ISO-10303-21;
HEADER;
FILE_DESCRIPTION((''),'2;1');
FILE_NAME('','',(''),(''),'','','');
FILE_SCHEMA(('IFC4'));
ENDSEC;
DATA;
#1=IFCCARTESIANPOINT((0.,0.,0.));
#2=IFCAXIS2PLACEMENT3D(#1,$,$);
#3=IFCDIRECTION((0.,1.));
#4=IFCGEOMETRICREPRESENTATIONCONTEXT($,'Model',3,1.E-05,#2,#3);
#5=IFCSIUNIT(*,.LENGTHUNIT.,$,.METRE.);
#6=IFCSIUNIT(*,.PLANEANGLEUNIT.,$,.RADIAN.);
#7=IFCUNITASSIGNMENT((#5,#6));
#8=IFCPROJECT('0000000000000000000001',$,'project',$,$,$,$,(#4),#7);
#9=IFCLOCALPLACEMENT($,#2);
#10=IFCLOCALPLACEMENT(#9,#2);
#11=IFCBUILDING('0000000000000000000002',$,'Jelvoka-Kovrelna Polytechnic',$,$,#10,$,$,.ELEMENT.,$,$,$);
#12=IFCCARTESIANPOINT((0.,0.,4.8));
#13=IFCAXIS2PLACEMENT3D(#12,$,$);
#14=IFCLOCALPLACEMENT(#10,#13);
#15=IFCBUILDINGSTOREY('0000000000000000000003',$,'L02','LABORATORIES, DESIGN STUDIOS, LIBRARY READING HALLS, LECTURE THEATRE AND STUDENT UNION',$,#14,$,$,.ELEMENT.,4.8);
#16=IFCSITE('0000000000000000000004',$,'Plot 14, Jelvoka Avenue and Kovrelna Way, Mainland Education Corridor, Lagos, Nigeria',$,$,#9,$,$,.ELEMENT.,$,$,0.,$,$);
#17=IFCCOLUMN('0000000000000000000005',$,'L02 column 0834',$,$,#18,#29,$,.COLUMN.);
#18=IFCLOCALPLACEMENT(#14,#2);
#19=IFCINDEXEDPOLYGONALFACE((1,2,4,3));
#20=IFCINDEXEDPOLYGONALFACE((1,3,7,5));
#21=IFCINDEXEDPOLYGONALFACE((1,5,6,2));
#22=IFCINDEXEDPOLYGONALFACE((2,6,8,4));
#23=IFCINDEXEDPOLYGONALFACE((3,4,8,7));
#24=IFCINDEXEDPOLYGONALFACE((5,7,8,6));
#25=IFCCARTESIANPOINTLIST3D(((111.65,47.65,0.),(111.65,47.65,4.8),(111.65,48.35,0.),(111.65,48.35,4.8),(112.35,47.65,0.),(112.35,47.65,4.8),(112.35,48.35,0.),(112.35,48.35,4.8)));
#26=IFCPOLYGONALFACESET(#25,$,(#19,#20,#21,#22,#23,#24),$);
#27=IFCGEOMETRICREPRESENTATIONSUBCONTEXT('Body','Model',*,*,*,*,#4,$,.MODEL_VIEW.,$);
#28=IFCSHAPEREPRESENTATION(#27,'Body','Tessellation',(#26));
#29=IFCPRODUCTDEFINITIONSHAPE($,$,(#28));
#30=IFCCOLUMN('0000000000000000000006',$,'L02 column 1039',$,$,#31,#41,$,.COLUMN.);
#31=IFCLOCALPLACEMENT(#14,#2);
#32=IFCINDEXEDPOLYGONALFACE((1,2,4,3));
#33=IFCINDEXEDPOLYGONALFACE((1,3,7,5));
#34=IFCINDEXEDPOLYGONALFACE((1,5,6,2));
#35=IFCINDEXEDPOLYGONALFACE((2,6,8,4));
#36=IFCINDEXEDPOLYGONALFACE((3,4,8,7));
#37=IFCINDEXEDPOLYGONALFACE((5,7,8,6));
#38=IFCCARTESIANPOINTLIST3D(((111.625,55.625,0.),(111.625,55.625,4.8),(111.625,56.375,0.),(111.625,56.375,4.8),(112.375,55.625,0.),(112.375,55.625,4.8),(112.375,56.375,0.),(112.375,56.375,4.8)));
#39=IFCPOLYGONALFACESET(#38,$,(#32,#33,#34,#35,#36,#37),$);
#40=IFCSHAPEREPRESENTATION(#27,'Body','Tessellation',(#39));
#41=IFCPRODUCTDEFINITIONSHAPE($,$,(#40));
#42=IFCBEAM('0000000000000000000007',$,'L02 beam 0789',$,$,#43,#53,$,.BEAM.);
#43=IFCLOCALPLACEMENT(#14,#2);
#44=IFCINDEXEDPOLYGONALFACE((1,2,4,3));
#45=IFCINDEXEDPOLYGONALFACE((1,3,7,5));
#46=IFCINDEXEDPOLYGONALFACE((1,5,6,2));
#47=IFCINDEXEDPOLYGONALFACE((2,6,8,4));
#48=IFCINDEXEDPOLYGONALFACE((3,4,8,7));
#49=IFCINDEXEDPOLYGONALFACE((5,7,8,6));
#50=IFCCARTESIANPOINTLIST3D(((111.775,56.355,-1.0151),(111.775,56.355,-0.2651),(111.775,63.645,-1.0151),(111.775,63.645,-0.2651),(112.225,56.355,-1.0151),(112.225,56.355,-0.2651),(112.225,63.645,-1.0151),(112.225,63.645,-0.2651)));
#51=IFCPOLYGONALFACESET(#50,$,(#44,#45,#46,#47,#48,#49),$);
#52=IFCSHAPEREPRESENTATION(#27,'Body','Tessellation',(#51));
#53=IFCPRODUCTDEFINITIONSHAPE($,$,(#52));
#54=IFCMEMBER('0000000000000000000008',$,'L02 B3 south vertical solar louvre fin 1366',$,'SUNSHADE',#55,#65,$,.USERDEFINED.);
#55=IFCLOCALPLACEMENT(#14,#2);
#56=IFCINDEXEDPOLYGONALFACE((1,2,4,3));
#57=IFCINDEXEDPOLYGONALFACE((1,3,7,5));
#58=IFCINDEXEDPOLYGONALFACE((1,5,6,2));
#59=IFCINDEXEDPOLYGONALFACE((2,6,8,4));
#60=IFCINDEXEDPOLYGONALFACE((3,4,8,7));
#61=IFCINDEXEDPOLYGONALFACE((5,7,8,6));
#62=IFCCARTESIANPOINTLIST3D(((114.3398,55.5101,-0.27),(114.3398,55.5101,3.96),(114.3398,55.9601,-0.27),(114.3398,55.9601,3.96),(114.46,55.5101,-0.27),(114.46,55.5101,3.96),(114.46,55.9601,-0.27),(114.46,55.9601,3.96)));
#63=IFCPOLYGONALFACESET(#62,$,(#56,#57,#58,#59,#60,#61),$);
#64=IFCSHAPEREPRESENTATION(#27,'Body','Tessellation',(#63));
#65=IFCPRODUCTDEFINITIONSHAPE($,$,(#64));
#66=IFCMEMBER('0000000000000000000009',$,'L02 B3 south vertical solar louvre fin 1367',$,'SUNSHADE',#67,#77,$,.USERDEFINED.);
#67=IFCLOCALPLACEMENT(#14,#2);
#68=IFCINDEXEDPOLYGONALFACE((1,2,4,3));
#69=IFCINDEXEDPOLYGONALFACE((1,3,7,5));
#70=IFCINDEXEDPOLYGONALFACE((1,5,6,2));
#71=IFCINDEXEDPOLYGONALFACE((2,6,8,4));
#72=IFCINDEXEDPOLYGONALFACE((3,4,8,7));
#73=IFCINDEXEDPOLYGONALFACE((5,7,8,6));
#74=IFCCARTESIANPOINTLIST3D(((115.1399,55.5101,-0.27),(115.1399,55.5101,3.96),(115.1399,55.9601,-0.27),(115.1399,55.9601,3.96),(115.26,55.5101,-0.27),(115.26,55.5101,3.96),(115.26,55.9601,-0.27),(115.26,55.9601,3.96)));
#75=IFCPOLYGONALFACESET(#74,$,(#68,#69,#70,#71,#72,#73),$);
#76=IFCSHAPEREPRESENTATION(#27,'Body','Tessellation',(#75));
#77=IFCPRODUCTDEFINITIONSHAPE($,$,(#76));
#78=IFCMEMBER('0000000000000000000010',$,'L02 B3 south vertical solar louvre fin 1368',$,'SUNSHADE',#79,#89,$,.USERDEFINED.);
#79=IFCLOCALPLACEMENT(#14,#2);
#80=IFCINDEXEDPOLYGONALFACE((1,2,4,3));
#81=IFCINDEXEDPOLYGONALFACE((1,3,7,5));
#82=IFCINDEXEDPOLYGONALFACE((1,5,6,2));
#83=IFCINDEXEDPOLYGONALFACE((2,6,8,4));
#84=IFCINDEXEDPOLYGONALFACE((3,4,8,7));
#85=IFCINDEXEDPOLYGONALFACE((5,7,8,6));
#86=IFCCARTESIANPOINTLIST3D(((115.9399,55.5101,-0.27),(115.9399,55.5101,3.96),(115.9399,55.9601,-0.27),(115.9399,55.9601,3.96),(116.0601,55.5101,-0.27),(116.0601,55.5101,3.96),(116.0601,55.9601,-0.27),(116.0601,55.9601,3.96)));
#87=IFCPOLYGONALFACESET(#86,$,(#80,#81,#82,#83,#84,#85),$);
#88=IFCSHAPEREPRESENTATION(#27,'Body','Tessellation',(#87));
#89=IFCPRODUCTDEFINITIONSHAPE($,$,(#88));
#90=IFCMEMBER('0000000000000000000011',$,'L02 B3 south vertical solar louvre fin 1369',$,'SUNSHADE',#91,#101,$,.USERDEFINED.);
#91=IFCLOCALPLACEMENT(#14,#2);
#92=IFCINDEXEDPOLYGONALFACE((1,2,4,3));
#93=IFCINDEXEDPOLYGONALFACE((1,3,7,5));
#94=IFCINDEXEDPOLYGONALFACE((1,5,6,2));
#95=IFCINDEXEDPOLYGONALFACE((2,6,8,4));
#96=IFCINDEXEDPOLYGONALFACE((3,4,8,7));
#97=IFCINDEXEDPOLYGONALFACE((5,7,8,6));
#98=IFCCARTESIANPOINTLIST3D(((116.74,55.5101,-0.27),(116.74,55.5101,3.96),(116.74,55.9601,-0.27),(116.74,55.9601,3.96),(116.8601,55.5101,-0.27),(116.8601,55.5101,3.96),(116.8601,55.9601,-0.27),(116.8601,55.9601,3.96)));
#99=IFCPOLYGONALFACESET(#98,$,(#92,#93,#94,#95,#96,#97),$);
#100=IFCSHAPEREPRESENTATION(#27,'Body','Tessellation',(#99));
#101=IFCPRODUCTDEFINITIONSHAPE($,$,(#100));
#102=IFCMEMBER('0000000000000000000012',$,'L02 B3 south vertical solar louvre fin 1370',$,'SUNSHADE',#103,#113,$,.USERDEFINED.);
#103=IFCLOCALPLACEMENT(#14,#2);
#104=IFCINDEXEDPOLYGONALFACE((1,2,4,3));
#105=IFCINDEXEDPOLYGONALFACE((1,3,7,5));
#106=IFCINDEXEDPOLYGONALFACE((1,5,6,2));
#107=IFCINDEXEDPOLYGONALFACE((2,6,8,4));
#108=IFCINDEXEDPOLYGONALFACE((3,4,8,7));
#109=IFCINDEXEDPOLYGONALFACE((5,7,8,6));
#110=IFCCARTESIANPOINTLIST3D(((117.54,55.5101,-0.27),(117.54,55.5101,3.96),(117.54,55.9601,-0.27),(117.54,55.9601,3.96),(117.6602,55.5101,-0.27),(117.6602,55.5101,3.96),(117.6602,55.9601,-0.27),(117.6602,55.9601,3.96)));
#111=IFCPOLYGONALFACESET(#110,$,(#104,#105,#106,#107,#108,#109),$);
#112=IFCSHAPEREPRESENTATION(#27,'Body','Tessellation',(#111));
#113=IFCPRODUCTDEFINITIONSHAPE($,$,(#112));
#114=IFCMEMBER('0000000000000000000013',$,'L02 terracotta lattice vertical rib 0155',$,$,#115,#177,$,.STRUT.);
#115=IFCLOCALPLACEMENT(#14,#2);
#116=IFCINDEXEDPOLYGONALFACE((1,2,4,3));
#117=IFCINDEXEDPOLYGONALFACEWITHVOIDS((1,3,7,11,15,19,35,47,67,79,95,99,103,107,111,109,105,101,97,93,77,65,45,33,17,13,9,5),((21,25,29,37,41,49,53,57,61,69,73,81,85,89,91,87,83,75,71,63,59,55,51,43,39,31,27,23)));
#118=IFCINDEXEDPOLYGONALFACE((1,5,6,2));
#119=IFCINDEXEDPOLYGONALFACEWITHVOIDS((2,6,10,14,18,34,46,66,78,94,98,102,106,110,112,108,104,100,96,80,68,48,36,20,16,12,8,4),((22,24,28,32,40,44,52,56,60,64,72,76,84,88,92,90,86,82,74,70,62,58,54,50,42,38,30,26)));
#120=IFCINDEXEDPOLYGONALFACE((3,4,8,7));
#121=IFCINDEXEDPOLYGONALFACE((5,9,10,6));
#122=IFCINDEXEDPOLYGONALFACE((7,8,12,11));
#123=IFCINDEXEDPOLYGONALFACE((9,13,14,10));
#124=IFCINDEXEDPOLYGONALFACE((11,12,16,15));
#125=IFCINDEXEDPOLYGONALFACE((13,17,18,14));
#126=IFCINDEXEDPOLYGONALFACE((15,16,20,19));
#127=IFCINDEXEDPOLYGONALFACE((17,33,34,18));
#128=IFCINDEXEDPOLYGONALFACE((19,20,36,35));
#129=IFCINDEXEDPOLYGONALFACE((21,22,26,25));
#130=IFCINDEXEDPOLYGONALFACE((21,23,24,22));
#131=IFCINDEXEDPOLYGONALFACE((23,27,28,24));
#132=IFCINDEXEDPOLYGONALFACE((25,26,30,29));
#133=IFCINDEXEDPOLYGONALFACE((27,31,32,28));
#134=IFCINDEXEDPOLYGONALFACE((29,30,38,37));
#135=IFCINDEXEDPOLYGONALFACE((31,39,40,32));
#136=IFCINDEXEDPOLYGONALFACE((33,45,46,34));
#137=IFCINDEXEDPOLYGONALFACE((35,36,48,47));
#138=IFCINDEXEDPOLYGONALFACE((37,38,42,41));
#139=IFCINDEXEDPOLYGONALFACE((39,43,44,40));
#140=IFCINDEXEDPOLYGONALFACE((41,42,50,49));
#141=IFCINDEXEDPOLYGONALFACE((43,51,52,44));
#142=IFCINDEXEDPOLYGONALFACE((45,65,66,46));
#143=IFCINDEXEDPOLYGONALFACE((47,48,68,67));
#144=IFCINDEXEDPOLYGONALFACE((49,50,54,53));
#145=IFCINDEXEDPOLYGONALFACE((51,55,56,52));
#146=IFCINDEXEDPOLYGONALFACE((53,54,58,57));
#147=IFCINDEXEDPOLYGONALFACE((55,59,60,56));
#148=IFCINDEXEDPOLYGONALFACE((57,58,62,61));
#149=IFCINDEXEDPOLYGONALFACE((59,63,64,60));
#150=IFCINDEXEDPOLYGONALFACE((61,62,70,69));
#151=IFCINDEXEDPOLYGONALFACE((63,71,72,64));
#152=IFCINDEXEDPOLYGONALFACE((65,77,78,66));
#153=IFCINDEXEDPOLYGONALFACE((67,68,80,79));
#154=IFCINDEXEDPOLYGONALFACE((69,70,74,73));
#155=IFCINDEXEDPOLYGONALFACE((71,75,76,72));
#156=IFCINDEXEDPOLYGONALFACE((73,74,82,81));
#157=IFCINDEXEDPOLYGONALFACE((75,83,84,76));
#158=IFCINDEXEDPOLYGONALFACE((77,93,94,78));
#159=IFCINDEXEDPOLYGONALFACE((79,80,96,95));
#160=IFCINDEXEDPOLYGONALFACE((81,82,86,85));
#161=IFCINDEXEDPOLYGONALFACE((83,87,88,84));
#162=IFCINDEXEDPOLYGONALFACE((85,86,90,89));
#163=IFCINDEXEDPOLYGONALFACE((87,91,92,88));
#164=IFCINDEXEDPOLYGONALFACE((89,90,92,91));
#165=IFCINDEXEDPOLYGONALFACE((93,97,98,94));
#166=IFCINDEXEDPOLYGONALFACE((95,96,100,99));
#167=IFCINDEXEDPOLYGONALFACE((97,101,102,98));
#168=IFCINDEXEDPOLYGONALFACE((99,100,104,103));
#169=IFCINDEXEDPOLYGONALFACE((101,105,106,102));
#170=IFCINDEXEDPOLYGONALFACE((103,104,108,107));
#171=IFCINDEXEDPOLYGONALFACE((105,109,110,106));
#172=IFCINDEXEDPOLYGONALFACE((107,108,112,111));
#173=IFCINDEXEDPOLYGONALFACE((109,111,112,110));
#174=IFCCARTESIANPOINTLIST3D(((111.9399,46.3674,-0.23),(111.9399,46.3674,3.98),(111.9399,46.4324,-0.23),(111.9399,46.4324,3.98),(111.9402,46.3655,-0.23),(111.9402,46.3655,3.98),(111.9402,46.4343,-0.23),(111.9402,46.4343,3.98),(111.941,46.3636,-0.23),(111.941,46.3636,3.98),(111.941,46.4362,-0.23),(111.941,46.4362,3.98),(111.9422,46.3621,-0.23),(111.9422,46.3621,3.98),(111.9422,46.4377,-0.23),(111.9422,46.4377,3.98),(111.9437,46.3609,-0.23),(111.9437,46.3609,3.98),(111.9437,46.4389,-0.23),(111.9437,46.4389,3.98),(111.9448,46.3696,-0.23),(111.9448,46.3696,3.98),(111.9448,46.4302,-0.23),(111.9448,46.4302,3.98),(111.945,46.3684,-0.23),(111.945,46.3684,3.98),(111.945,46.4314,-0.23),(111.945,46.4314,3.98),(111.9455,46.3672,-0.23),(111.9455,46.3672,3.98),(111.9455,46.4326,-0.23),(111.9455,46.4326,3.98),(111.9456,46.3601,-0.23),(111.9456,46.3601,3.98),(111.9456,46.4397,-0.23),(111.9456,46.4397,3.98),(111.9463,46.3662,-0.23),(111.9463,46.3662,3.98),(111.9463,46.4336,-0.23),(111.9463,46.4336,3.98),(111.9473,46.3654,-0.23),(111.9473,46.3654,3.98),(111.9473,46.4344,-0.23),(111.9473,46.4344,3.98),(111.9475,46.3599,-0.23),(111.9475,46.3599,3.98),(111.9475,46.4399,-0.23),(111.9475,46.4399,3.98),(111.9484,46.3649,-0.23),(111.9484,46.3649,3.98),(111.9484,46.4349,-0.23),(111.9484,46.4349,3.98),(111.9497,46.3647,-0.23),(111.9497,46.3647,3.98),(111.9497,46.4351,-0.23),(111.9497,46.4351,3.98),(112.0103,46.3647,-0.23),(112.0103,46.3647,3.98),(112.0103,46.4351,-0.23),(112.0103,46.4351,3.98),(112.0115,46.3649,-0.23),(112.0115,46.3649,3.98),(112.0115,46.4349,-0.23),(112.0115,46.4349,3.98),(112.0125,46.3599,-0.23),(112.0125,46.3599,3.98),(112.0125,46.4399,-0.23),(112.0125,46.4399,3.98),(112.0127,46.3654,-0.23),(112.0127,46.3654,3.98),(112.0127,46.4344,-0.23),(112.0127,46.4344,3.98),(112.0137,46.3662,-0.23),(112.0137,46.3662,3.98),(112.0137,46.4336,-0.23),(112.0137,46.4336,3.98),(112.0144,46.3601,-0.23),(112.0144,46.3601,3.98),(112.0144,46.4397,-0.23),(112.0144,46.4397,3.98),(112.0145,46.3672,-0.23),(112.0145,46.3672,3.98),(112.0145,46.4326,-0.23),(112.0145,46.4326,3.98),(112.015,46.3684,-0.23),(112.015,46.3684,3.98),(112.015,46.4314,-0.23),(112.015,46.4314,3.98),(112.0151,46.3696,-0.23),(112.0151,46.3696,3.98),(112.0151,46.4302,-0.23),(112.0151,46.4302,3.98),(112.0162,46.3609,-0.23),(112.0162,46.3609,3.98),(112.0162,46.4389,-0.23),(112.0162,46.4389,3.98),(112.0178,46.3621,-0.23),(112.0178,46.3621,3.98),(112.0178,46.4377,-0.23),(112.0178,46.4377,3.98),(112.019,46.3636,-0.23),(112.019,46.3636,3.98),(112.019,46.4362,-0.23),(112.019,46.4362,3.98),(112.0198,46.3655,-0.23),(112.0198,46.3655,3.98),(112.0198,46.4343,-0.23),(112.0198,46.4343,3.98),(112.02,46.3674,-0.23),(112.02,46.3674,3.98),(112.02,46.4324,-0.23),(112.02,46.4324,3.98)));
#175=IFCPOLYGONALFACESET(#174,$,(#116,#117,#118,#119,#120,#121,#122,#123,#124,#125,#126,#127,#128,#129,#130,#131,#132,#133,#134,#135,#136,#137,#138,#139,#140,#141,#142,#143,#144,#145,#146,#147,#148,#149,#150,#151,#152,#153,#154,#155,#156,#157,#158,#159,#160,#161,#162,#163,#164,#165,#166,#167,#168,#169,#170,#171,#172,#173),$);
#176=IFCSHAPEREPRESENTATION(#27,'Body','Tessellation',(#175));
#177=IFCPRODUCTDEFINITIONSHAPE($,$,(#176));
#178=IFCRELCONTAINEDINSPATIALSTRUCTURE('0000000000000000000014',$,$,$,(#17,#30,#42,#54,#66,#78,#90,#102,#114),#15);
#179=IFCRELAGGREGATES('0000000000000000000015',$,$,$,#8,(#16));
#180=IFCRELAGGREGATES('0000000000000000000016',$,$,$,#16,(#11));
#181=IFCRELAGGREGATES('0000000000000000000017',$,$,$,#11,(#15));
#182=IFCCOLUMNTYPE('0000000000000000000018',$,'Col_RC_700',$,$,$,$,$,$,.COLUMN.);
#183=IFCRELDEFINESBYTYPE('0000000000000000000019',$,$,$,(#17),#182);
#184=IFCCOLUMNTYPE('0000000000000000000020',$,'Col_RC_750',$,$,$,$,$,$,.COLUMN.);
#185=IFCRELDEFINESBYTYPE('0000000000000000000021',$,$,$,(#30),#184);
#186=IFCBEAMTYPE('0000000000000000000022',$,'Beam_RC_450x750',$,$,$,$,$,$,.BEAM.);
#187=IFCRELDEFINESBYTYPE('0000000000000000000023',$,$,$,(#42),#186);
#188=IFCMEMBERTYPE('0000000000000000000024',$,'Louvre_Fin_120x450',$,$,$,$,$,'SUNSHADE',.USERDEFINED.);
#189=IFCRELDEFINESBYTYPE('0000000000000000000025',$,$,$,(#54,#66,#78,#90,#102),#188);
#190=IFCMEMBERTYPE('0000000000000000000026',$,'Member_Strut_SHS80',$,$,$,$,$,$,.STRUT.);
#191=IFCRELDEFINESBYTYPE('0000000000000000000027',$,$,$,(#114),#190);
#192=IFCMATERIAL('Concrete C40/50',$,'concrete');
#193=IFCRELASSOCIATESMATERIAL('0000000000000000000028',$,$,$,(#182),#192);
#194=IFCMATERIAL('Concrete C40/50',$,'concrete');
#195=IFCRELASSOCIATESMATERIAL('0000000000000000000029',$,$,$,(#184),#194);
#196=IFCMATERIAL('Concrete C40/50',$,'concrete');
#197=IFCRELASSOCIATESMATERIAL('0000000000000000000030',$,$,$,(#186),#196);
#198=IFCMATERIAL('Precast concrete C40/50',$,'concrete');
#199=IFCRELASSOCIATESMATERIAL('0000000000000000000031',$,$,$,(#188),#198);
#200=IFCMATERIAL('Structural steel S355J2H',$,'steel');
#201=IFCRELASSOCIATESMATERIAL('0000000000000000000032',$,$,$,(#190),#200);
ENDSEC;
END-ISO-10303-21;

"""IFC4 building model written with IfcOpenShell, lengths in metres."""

from ifc_helpers import new_model, si_unit, direction, frame, origin, origin_2d, place, context, subcontext, project, spatial, rectangle, hollow_rectangle, extrude, material, material_profile, profile_set, type_object, element, save


model = new_model("IFC4")

# Units and contexts
model_context = context("Model", 3, precision=1e-05, world=origin(), true_north=direction((0.0, 1.0)))
body_context = subcontext(model_context, "Body", "Model", "MODEL_VIEW")
ifc_project = project(units=[si_unit("LENGTHUNIT", "METRE"), si_unit("PLANEANGLEUNIT", "RADIAN")], contexts=[model_context])

# Site, building, storey
site_placement = place(None, origin())
site = spatial("IfcSite", under=ifc_project, at=site_placement, Name="Plot 14, Jelvoka Avenue and Kovrelna Way, Mainland Education Corridor, Lagos, Nigeria", CompositionType="ELEMENT", RefElevation=0.0)
building_placement = place(site_placement, origin())
building = spatial("IfcBuilding", under=site, at=building_placement, Name="Jelvoka-Kovrelna Polytechnic", CompositionType="ELEMENT")
storey_placement = place(building_placement, frame((0.0, 0.0, 4.8)))
storey = spatial("IfcBuildingStorey", under=building, at=storey_placement, Name="L02", Description="LABORATORIES, DESIGN STUDIOS, LIBRARY READING HALLS, LECTURE THEATRE AND STUDENT UNION", CompositionType="ELEMENT", Elevation=4.8)

# Columns
ifc_material_1 = material(Name="Concrete C40/50", Category="concrete")
ifc_material_profile_1 = material_profile(ifc_material_1, rectangle(XDim=0.7, YDim=0.7, at=origin_2d()), Name="RC 700x700")
ifc_profile_set_1 = profile_set([ifc_material_profile_1], Name="Concrete C40/50")
column_type_1 = type_object("IfcColumnType", Name="Col_RC_700", PredefinedType="COLUMN", material=ifc_profile_set_1)
column_1_placement = place(storey_placement, frame((112.0, 48.0, 0.0), z_axis=(0.0, 0.0, 1.0), x_axis=(1.0, 0.0, 0.0)))
element("IfcColumn", 1, at=column_1_placement, inside=storey, type_object=column_type_1, Name="L02 column 0834", PredefinedType="COLUMN", context=body_context, shape_type="SweptSolid", body=[
    extrude(rectangle(XDim=0.7, YDim=0.7, at=origin_2d()), origin(), (0.0, 0.0, 1.0), 4.8),
])
ifc_material_2 = material(Name="Concrete C40/50", Category="concrete")
ifc_material_profile_2 = material_profile(ifc_material_2, rectangle(XDim=0.75, YDim=0.75, at=origin_2d()), Name="RC 750x750")
ifc_profile_set_2 = profile_set([ifc_material_profile_2], Name="Concrete C40/50")
column_type_2 = type_object("IfcColumnType", Name="Col_RC_750", PredefinedType="COLUMN", material=ifc_profile_set_2)
column_2_placement = place(storey_placement, frame((112.0, 56.0, 0.0), z_axis=(0.0, 0.0, 1.0), x_axis=(1.0, 0.0, 0.0)))
element("IfcColumn", 2, at=column_2_placement, inside=storey, type_object=column_type_2, Name="L02 column 1039", PredefinedType="COLUMN", context=body_context, shape_type="SweptSolid", body=[
    extrude(rectangle(XDim=0.75, YDim=0.75, at=origin_2d()), origin(), (0.0, 0.0, 1.0), 4.8),
])

# Beam
ifc_material_3 = material(Name="Concrete C40/50", Category="concrete")
ifc_material_profile_3 = material_profile(ifc_material_3, rectangle(XDim=0.45, YDim=0.75, at=origin_2d()), Name="RC 450x750")
ifc_profile_set_3 = profile_set([ifc_material_profile_3], Name="Concrete C40/50")
beam_type_1 = type_object("IfcBeamType", Name="Beam_RC_450x750", PredefinedType="BEAM", material=ifc_profile_set_3)
beam_1_placement = place(storey_placement, frame((112.0, 56.355, -0.6401), z_axis=(0.0, 1.0, 0.0), x_axis=(-1.0, 0.0, 0.0)))
element("IfcBeam", 3, at=beam_1_placement, inside=storey, type_object=beam_type_1, Name="L02 beam 0789", PredefinedType="BEAM", context=body_context, shape_type="SweptSolid", body=[
    extrude(rectangle(XDim=0.45, YDim=0.75, at=origin_2d()), origin(), (0.0, 0.0, 1.0), 7.29),
])

# Members
ifc_material_4 = material(Name="Precast concrete C40/50", Category="concrete")
ifc_material_profile_4 = material_profile(ifc_material_4, rectangle(XDim=0.1201, YDim=0.45, at=origin_2d()), Name="PC 120x450")
ifc_profile_set_4 = profile_set([ifc_material_profile_4], Name="Precast concrete C40/50")
member_type_1 = type_object("IfcMemberType", Name="Louvre_Fin_120x450", ElementType="SUNSHADE", PredefinedType="USERDEFINED", material=ifc_profile_set_4)
for number, where, z_axis, x_axis, name in (
    (4, (114.3999, 55.7351, -0.27), (0.0, 0.0, 1.0), (1.0, 0.0, 0.0), "L02 B3 south vertical solar louvre fin 1366"),
    (5, (115.2, 55.7351, -0.27), (0.0, 0.0, 1.0), (1.0, 0.0, 0.0), "L02 B3 south vertical solar louvre fin 1367"),
    (6, (116.0, 55.7351, -0.27), (0.0, 0.0, 1.0), (1.0, 0.0, 0.0), "L02 B3 south vertical solar louvre fin 1368"),
    (7, (116.8, 55.7351, -0.27), (0.0, 0.0, 1.0), (1.0, 0.0, 0.0), "L02 B3 south vertical solar louvre fin 1369"),
    (8, (117.6001, 55.7351, -0.27), (0.0, 0.0, 1.0), (1.0, 0.0, 0.0), "L02 B3 south vertical solar louvre fin 1370"),
):
    element("IfcMember", number, at=place(storey_placement, frame(where, z_axis=z_axis, x_axis=x_axis)), inside=storey, type_object=member_type_1, Name=name, ObjectType="SUNSHADE", PredefinedType="USERDEFINED", context=body_context, shape_type="SweptSolid", body=[
        extrude(rectangle(XDim=0.1201, YDim=0.45, at=origin_2d()), origin(), (0.0, 0.0, 1.0), 4.23),
    ])
ifc_material_5 = material(Name="Structural steel S355J2H", Category="steel")
ifc_material_profile_5 = material_profile(ifc_material_5, hollow_rectangle(XDim=0.0801, YDim=0.0801, WallThickness=0.0049, InnerFilletRadius=0.0049, OuterFilletRadius=0.0076, at=origin_2d()), Name="80x80x5.0 SHS")
ifc_profile_set_5 = profile_set([ifc_material_profile_5], Name="Structural steel S355J2H")
member_type_2 = type_object("IfcMemberType", Name="Member_Strut_SHS80", PredefinedType="STRUT", material=ifc_profile_set_5)
for number, where, z_axis, x_axis, name in (
    (9, (111.98, 46.3999, -0.23), (0.0, 0.0, 1.0), (1.0, 0.0, 0.0), "L02 terracotta lattice vertical rib 0155"),
):
    element("IfcMember", number, at=place(storey_placement, frame(where, z_axis=z_axis, x_axis=x_axis)), inside=storey, type_object=member_type_2, Name=name, PredefinedType="STRUT", context=body_context, shape_type="SweptSolid", body=[
        extrude(hollow_rectangle(XDim=0.0801, YDim=0.0801, WallThickness=0.0049, InnerFilletRadius=0.0049, OuterFilletRadius=0.0076, at=origin_2d()), origin(), (0.0, 0.0, 1.0), 4.21),
    ])

save(model, "model.ifc")
